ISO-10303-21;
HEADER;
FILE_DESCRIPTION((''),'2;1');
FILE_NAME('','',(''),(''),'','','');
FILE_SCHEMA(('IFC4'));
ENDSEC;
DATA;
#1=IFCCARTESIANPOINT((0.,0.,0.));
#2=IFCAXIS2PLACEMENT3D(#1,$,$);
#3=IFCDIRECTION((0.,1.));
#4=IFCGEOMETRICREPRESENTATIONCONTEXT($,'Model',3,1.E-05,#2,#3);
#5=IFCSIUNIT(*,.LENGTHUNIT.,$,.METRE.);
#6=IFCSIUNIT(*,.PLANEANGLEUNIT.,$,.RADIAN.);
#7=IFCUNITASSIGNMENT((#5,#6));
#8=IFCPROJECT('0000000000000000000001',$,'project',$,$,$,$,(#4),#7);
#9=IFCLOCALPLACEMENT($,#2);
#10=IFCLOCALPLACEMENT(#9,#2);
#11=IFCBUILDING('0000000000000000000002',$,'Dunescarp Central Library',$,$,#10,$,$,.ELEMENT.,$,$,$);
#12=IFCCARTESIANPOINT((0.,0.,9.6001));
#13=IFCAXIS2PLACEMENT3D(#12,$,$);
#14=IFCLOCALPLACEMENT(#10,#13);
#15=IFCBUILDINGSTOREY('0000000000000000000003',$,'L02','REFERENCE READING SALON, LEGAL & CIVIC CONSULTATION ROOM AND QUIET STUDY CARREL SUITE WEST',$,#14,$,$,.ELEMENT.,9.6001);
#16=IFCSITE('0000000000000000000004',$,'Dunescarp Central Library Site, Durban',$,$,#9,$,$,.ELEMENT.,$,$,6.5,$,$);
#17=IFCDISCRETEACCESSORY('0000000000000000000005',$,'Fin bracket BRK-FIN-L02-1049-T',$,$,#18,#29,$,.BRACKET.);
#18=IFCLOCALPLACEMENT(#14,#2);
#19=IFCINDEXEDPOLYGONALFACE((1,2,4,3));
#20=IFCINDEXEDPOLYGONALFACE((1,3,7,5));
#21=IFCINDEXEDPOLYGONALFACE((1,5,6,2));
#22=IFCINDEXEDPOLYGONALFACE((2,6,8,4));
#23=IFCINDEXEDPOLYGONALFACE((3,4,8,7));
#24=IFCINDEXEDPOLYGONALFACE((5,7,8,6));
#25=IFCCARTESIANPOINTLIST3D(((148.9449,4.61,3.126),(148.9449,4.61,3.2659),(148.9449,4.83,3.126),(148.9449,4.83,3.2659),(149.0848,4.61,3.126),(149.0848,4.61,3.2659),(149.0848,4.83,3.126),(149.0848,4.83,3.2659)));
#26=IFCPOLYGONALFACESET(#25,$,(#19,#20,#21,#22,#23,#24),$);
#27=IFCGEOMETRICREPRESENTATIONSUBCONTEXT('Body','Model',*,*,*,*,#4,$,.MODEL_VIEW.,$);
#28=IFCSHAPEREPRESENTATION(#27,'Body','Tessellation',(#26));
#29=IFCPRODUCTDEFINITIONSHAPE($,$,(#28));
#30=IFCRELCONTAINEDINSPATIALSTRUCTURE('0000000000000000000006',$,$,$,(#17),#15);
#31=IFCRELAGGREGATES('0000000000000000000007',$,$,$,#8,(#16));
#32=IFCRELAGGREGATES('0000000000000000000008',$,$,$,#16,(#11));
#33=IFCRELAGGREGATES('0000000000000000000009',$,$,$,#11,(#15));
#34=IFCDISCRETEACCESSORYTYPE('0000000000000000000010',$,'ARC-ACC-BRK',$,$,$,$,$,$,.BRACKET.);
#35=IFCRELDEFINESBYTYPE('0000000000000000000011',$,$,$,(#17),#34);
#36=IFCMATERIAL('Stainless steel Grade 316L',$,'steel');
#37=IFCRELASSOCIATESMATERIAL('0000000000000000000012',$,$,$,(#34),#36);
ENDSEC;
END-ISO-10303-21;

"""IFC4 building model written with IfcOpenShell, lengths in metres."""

from ifc_helpers import new_model, si_unit, direction, frame, origin, origin_2d, place, context, subcontext, project, spatial, rectangle, extrude, material, type_object, element, save


model = new_model("IFC4")

# Units and contexts
model_context = context("Model", 3, precision=1e-05, world=origin(), true_north=direction((0.0, 1.0)))
body_context = subcontext(model_context, "Body", "Model", "MODEL_VIEW")
ifc_project = project(units=[si_unit("LENGTHUNIT", "METRE"), si_unit("PLANEANGLEUNIT", "RADIAN")], contexts=[model_context])

# Site, building, storey
site_placement = place(None, origin())
site = spatial("IfcSite", under=ifc_project, at=site_placement, Name="Dunescarp Central Library Site, Durban", CompositionType="ELEMENT", RefElevation=6.5)
building_placement = place(site_placement, origin())
building = spatial("IfcBuilding", under=site, at=building_placement, Name="Dunescarp Central Library", CompositionType="ELEMENT")
storey_placement = place(building_placement, frame((0.0, 0.0, 9.6001)))
storey = spatial("IfcBuildingStorey", under=building, at=storey_placement, Name="L02", Description="REFERENCE READING SALON, LEGAL & CIVIC CONSULTATION ROOM AND QUIET STUDY CARREL SUITE WEST", CompositionType="ELEMENT", Elevation=9.6001)

# Discrete accessory
ifc_material_1 = material(Name="Stainless steel Grade 316L", Category="steel")
discrete_accessory_type = type_object("IfcDiscreteAccessoryType", Name="ARC-ACC-BRK", PredefinedType="BRACKET", material=ifc_material_1)
for number, where, z_axis, x_axis, name in (
    (1, (149.0149, 4.72, 3.126), (0.0, 0.0, 1.0), (0.0, -1.0, 0.0), "Fin bracket BRK-FIN-L02-1049-T"),
):
    element("IfcDiscreteAccessory", number, at=place(storey_placement, frame(where, z_axis=z_axis, x_axis=x_axis)), inside=storey, type_object=discrete_accessory_type, Name=name, PredefinedType="BRACKET", context=body_context, shape_type="SweptSolid", body=[
        extrude(rectangle(XDim=0.22, YDim=0.1399, at=origin_2d()), origin(), (0.0, 0.0, 1.0), 0.1399),
    ])

save(model, "model.ifc")
